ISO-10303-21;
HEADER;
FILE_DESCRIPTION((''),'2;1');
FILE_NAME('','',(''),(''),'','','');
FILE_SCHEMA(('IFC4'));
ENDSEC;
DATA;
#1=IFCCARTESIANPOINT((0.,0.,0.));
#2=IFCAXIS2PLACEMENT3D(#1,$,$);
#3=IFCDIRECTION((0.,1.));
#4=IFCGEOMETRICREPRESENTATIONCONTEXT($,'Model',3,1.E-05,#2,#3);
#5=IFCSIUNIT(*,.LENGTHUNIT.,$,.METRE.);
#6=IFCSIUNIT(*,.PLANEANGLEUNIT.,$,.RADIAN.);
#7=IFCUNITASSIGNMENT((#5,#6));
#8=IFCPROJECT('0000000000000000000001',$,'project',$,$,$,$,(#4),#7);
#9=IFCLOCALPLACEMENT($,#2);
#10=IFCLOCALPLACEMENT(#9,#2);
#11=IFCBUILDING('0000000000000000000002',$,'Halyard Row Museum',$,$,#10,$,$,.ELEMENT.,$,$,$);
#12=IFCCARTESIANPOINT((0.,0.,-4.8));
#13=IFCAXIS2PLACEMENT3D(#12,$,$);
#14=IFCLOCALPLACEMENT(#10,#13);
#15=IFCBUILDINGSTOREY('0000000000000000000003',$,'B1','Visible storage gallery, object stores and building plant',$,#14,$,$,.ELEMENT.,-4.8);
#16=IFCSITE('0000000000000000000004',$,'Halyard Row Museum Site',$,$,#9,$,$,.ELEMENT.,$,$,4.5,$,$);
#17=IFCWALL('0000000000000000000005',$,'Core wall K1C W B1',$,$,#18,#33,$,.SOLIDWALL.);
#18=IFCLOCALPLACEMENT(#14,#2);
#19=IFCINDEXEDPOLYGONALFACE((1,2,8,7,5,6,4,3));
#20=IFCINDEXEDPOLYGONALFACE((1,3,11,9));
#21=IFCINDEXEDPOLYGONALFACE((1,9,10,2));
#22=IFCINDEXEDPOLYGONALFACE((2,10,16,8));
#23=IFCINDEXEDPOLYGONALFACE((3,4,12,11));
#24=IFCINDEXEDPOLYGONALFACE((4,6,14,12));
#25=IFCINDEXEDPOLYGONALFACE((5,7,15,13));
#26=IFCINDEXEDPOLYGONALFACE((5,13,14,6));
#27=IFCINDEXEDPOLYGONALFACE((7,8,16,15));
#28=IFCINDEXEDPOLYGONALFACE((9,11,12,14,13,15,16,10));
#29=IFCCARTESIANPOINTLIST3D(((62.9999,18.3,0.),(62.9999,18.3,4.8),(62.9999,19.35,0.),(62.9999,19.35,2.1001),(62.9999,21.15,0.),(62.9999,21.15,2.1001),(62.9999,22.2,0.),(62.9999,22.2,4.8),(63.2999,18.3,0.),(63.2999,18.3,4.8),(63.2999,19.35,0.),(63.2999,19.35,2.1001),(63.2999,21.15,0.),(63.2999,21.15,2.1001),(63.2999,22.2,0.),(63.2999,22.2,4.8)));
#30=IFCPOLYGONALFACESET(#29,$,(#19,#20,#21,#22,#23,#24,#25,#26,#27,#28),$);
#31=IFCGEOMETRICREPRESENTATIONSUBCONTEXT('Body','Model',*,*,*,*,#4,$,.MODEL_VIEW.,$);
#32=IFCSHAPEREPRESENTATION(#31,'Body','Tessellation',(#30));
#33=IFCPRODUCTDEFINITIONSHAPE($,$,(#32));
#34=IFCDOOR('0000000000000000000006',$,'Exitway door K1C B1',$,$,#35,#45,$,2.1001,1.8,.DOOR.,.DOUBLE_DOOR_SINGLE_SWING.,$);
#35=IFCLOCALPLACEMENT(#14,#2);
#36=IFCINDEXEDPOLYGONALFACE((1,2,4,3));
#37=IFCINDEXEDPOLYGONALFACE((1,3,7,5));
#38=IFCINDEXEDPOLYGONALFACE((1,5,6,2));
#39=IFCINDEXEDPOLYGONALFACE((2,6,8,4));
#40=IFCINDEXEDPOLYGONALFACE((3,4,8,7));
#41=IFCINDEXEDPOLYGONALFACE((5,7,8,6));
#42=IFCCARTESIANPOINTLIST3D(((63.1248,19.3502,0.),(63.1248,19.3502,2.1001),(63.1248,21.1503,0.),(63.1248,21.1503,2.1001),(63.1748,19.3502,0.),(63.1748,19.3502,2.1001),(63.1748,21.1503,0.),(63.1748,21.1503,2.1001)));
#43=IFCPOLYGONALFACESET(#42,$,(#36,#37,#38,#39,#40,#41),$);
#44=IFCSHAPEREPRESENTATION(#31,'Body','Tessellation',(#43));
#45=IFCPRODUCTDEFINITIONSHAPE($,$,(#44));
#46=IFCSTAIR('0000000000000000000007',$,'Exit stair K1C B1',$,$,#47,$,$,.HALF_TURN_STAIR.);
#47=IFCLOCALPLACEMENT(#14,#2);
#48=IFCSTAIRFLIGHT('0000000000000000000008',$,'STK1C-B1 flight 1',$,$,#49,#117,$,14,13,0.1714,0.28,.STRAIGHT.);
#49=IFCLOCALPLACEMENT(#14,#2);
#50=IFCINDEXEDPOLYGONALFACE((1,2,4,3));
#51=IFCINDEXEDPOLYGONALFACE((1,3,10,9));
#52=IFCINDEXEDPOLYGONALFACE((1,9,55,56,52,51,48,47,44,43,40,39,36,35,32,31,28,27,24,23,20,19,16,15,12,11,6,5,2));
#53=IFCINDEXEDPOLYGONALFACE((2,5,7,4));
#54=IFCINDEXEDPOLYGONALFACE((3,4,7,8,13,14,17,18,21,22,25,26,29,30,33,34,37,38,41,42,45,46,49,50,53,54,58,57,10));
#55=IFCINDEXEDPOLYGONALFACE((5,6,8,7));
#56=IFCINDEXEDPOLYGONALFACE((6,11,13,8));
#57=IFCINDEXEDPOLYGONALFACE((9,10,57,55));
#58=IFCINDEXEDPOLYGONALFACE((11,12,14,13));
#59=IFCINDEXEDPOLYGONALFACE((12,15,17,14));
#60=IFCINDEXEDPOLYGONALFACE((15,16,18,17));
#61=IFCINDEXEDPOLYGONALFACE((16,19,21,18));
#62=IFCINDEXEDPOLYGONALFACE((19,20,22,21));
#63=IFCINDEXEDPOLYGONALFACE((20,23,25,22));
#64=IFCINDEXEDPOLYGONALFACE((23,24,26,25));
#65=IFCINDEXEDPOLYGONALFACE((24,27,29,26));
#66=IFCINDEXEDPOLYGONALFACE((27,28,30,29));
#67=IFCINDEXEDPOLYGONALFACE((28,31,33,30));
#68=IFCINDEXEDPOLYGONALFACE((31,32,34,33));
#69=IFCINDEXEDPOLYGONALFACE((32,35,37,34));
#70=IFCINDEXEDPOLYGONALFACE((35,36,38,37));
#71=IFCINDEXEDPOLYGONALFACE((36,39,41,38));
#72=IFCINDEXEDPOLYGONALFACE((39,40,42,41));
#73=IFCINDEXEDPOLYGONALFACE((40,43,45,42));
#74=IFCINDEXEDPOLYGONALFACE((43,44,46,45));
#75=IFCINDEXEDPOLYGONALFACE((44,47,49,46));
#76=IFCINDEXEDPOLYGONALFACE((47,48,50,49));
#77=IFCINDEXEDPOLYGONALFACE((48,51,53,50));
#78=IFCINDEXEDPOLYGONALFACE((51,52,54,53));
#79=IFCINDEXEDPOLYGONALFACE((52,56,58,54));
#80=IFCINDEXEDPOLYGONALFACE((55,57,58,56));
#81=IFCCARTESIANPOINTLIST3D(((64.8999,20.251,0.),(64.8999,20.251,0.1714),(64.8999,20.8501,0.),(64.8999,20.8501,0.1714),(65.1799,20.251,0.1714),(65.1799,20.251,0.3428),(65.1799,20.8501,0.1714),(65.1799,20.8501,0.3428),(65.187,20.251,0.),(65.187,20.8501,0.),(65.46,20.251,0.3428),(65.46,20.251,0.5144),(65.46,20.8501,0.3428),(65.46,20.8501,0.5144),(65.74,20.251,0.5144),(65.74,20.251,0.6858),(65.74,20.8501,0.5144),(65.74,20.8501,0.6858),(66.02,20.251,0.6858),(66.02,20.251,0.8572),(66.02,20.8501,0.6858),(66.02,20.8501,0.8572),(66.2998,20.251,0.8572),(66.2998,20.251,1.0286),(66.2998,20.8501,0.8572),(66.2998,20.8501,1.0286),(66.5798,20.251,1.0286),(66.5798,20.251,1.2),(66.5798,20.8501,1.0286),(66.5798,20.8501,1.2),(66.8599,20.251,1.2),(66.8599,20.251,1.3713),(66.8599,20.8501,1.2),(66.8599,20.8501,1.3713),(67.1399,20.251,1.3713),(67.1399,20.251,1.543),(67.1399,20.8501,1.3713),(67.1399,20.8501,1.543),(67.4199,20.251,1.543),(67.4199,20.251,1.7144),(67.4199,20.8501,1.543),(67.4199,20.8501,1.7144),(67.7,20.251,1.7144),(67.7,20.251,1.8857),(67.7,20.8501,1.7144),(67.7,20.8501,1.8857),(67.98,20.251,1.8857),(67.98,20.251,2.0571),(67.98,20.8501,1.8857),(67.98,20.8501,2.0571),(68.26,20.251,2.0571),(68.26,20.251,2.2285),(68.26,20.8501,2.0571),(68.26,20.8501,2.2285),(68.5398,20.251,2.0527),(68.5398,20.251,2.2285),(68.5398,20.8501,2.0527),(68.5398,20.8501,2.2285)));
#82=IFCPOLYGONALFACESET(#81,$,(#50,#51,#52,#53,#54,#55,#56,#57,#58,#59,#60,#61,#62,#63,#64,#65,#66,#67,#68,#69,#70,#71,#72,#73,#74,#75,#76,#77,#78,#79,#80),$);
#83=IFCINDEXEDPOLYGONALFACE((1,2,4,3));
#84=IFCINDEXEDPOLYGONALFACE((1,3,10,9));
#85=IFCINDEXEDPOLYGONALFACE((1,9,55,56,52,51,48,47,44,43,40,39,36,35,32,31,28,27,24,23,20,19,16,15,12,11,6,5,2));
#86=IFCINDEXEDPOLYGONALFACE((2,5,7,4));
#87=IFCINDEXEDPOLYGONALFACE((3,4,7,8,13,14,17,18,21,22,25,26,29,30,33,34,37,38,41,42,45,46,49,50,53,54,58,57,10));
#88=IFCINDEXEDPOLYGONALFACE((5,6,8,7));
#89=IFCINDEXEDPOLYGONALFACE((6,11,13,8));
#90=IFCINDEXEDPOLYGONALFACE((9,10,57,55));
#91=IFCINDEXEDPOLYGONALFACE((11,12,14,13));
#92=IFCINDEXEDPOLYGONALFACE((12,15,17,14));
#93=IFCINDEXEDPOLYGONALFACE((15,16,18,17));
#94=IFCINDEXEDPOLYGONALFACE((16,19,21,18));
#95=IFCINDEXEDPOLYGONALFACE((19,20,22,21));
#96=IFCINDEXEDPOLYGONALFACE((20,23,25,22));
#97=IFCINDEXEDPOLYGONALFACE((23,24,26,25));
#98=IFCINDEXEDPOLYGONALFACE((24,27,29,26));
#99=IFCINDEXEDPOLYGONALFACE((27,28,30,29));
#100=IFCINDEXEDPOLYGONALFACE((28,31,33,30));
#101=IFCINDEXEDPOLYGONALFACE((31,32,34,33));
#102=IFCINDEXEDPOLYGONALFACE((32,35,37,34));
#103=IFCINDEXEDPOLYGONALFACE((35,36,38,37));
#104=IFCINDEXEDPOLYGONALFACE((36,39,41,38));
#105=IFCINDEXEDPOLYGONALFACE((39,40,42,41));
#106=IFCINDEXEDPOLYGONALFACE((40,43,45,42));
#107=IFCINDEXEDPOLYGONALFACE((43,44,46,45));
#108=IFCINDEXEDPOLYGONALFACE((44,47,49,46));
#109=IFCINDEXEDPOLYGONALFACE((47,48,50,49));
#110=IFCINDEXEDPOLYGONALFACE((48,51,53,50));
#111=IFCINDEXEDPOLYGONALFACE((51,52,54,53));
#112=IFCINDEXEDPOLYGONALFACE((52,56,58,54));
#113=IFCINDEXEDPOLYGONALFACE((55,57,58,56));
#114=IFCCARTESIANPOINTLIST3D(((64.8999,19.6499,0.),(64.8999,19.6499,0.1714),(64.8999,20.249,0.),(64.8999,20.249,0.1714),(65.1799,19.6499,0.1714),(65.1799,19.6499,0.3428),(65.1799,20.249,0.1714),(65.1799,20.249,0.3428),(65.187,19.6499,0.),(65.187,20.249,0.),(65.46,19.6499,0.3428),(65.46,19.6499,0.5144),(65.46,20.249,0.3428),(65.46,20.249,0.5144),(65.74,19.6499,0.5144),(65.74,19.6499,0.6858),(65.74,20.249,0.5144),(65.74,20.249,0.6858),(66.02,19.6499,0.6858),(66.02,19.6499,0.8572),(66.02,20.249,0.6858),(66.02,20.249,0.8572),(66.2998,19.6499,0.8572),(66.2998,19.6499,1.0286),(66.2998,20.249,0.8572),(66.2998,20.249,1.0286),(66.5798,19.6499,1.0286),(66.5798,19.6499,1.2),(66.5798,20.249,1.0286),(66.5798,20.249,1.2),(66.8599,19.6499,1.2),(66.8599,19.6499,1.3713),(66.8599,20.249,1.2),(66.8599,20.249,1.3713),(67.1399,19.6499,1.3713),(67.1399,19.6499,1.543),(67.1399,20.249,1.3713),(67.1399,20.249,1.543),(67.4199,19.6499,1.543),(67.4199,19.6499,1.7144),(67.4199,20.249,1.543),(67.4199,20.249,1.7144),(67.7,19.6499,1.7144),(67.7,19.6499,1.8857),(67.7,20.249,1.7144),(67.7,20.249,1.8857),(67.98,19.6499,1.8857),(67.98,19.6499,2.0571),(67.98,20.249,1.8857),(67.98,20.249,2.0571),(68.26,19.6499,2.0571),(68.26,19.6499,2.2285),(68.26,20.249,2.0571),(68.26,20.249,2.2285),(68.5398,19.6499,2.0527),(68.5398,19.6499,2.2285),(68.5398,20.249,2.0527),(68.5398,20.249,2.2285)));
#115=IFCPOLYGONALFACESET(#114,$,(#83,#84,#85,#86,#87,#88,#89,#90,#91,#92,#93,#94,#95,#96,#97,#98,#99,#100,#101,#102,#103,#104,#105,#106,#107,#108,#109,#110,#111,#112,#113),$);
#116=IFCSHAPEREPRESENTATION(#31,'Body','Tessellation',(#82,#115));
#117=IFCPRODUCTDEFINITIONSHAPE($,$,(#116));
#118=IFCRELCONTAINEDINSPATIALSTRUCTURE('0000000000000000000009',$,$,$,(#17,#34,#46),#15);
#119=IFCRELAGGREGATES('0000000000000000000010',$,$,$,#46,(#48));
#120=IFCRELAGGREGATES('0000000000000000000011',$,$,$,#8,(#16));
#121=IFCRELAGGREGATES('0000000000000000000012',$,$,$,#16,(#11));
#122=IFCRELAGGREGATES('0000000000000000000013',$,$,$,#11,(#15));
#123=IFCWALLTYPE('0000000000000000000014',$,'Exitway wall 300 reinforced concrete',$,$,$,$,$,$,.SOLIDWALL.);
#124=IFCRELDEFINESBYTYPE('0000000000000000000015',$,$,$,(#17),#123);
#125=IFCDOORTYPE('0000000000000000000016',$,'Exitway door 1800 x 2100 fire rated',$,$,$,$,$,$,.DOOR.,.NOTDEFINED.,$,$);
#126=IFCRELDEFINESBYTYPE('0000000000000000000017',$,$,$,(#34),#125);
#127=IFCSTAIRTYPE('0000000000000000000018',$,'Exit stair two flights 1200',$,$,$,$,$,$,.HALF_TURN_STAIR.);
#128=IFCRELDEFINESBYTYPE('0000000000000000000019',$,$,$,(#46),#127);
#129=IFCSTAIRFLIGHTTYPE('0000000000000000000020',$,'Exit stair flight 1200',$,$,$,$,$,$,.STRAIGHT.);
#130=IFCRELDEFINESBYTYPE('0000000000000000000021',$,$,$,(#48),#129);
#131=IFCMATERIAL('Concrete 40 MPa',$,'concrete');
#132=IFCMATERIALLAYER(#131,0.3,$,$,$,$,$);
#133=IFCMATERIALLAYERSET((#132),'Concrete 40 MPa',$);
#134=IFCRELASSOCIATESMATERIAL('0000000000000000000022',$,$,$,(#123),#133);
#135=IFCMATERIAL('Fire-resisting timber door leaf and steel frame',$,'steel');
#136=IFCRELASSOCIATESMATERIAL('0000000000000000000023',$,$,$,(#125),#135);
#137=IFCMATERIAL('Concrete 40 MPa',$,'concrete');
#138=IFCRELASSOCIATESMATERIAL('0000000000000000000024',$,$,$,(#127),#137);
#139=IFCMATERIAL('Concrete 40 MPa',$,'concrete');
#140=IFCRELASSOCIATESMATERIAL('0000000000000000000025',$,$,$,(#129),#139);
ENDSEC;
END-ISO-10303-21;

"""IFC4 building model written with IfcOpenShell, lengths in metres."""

from ifc_helpers import new_model, si_unit, direction, frame, frame_2d, origin, place, context, subcontext, project, spatial, polyline, rectangle, outline, extrude, material, layer, layer_set, type_object, element, fill, aggregate, save


model = new_model("IFC4")

# Units and contexts
model_context = context("Model", 3, precision=1e-05, world=origin(), true_north=direction((0.0, 1.0)))
body_context = subcontext(model_context, "Body", "Model", "MODEL_VIEW")
ifc_project = project(units=[si_unit("LENGTHUNIT", "METRE"), si_unit("PLANEANGLEUNIT", "RADIAN")], contexts=[model_context])

# Site, building, storey
site_placement = place(None, origin())
site = spatial("IfcSite", under=ifc_project, at=site_placement, Name="Halyard Row Museum Site", CompositionType="ELEMENT", RefElevation=4.5)
building_placement = place(site_placement, origin())
building = spatial("IfcBuilding", under=site, at=building_placement, Name="Halyard Row Museum", CompositionType="ELEMENT")
storey_placement = place(building_placement, frame((0.0, 0.0, -4.8)))
storey = spatial("IfcBuildingStorey", under=building, at=storey_placement, Name="B1", Description="Visible storage gallery, object stores and building plant", CompositionType="ELEMENT", Elevation=-4.8)

# Wall, opening, door
ifc_material_1 = material(Name="Concrete 40 MPa", Category="concrete")
ifc_layer_1 = layer(ifc_material_1, 0.3)
ifc_layer_set_1 = layer_set([ifc_layer_1], Name="Concrete 40 MPa")
wall_type = type_object("IfcWallType", Name="Exitway wall 300 reinforced concrete", PredefinedType="SOLIDWALL", material=ifc_layer_set_1)
wall_placement = place(storey_placement, frame((63.1499, 18.3, 0.0), z_axis=(0.0, 0.0, 1.0), x_axis=(0.0, 1.0, 0.0)))
wall = element("IfcWall", 1, at=wall_placement, inside=storey, type_object=wall_type, Name="Core wall K1C W B1", PredefinedType="SOLIDWALL", context=body_context, shape_type="SweptSolid", body=[
    extrude(rectangle(XDim=3.8999, YDim=0.3, at=frame_2d((1.95, 0.0))), origin(), (0.0, 0.0, 1.0), 4.8),
])
opening_placement = place(wall_placement, frame((1.05, 0.0, 0.0)))
opening = element("IfcOpeningElement", 2, at=opening_placement, cuts=wall, PredefinedType="OPENING", context=body_context, shape_type="SweptSolid", body=[
    extrude(rectangle(XDim=1.8, YDim=2.1001, at=frame_2d((0.8999, 1.05))), frame((0.0, 0.1599, 0.0), z_axis=(0.0, -1.0, 0.0), x_axis=(1.0, 0.0, 0.0)), (0.0, 0.0, 1.0), 0.3201),
])
ifc_material_2 = material(Name="Fire-resisting timber door leaf and steel frame", Category="steel")
door_type = type_object("IfcDoorType", Name="Exitway door 1800 x 2100 fire rated", OperationType="NOTDEFINED", PredefinedType="DOOR", material=ifc_material_2)
door_placement = place(opening_placement, frame((1.8, 0.0, 0.0), z_axis=(0.0, 0.0, 1.0), x_axis=(-1.0, 0.0, 0.0)))
door = element("IfcDoor", 3, at=door_placement, inside=storey, type_object=door_type, Name="Exitway door K1C B1", OperationType="DOUBLE_DOOR_SINGLE_SWING", OverallHeight=2.1001, OverallWidth=1.8, PredefinedType="DOOR", context=body_context, shape_type="SweptSolid", body=[
    extrude(rectangle(XDim=1.8, YDim=2.1001, at=frame_2d((0.8999, 1.05))), frame((0.0, 0.0249, 0.0), z_axis=(0.0, -1.0, 0.0), x_axis=(1.0, 0.0, 0.0)), (0.0, 0.0, 1.0), 0.05),
])
fill(opening, door)

# Stair, stair flight
ifc_material_3 = material(Name="Concrete 40 MPa", Category="concrete")
stair_type = type_object("IfcStairType", Name="Exit stair two flights 1200", PredefinedType="HALF_TURN_STAIR", material=ifc_material_3)
stair_placement = place(storey_placement, origin())
stair = element("IfcStair", 4, at=stair_placement, inside=storey, type_object=stair_type, Name="Exit stair K1C B1", PredefinedType="HALF_TURN_STAIR")
ifc_material_4 = material(Name="Concrete 40 MPa", Category="concrete")
stair_flight_type = type_object("IfcStairFlightType", Name="Exit stair flight 1200", PredefinedType="STRAIGHT", material=ifc_material_4)
stair_flight_placement = place(storey_placement, frame((64.8999, 20.25, 0.0), z_axis=(0.0, 0.0, 1.0), x_axis=(1.0, 0.0, 0.0)))
stair_flight = element("IfcStairFlight", 5, at=stair_flight_placement, type_object=stair_flight_type, Name="STK1C-B1 flight 1", NumberOfRisers=14, NumberOfTreads=13, PredefinedType="STRAIGHT", RiserHeight=0.1714, TreadLength=0.28, context=body_context, shape_type="SweptSolid", body=[
    extrude(outline(polyline([(0.0, 0.0), (0.0, 0.1714), (0.28, 0.1714), (0.28, 0.3428), (0.5601, 0.3428), (0.5601, 0.5144), (0.8401, 0.5144), (0.8401, 0.6858), (1.1201, 0.6858), (1.1201, 0.8572), (1.3999, 0.8572), (1.3999, 1.0286), (1.6799, 1.0286), (1.6799, 1.2), (1.96, 1.2), (1.96, 1.3713), (2.24, 1.3713), (2.24, 1.543), (2.52, 1.543), (2.52, 1.7144), (2.8, 1.7144), (2.8, 1.8857), (3.0801, 1.8857), (3.0801, 2.0571), (3.3601, 2.0571), (3.3601, 2.2285), (3.6399, 2.2285), (3.6399, 2.3999), (3.6399, 2.0527), (0.2871, 0.0), (0.0, 0.0)])), frame((0.0, 0.6001, 0.0), z_axis=(0.0, -1.0, 0.0), x_axis=(1.0, 0.0, 0.0)), (0.0, 0.0, 1.0), 0.5991),
    extrude(outline(polyline([(0.0, 0.0), (0.0, 0.1714), (0.28, 0.1714), (0.28, 0.3428), (0.5601, 0.3428), (0.5601, 0.5144), (0.8401, 0.5144), (0.8401, 0.6858), (1.1201, 0.6858), (1.1201, 0.8572), (1.3999, 0.8572), (1.3999, 1.0286), (1.6799, 1.0286), (1.6799, 1.2), (1.96, 1.2), (1.96, 1.3713), (2.24, 1.3713), (2.24, 1.543), (2.52, 1.543), (2.52, 1.7144), (2.8, 1.7144), (2.8, 1.8857), (3.0801, 1.8857), (3.0801, 2.0571), (3.3601, 2.0571), (3.3601, 2.2285), (3.6399, 2.2285), (3.6399, 2.3999), (3.6399, 2.0527), (0.2871, 0.0), (0.0, 0.0)])), frame((0.0, -0.001, 0.0), z_axis=(0.0, -1.0, 0.0), x_axis=(1.0, 0.0, 0.0)), (0.0, 0.0, 1.0), 0.5991),
])
aggregate(stair, [stair_flight])

save(model, "model.ifc")
